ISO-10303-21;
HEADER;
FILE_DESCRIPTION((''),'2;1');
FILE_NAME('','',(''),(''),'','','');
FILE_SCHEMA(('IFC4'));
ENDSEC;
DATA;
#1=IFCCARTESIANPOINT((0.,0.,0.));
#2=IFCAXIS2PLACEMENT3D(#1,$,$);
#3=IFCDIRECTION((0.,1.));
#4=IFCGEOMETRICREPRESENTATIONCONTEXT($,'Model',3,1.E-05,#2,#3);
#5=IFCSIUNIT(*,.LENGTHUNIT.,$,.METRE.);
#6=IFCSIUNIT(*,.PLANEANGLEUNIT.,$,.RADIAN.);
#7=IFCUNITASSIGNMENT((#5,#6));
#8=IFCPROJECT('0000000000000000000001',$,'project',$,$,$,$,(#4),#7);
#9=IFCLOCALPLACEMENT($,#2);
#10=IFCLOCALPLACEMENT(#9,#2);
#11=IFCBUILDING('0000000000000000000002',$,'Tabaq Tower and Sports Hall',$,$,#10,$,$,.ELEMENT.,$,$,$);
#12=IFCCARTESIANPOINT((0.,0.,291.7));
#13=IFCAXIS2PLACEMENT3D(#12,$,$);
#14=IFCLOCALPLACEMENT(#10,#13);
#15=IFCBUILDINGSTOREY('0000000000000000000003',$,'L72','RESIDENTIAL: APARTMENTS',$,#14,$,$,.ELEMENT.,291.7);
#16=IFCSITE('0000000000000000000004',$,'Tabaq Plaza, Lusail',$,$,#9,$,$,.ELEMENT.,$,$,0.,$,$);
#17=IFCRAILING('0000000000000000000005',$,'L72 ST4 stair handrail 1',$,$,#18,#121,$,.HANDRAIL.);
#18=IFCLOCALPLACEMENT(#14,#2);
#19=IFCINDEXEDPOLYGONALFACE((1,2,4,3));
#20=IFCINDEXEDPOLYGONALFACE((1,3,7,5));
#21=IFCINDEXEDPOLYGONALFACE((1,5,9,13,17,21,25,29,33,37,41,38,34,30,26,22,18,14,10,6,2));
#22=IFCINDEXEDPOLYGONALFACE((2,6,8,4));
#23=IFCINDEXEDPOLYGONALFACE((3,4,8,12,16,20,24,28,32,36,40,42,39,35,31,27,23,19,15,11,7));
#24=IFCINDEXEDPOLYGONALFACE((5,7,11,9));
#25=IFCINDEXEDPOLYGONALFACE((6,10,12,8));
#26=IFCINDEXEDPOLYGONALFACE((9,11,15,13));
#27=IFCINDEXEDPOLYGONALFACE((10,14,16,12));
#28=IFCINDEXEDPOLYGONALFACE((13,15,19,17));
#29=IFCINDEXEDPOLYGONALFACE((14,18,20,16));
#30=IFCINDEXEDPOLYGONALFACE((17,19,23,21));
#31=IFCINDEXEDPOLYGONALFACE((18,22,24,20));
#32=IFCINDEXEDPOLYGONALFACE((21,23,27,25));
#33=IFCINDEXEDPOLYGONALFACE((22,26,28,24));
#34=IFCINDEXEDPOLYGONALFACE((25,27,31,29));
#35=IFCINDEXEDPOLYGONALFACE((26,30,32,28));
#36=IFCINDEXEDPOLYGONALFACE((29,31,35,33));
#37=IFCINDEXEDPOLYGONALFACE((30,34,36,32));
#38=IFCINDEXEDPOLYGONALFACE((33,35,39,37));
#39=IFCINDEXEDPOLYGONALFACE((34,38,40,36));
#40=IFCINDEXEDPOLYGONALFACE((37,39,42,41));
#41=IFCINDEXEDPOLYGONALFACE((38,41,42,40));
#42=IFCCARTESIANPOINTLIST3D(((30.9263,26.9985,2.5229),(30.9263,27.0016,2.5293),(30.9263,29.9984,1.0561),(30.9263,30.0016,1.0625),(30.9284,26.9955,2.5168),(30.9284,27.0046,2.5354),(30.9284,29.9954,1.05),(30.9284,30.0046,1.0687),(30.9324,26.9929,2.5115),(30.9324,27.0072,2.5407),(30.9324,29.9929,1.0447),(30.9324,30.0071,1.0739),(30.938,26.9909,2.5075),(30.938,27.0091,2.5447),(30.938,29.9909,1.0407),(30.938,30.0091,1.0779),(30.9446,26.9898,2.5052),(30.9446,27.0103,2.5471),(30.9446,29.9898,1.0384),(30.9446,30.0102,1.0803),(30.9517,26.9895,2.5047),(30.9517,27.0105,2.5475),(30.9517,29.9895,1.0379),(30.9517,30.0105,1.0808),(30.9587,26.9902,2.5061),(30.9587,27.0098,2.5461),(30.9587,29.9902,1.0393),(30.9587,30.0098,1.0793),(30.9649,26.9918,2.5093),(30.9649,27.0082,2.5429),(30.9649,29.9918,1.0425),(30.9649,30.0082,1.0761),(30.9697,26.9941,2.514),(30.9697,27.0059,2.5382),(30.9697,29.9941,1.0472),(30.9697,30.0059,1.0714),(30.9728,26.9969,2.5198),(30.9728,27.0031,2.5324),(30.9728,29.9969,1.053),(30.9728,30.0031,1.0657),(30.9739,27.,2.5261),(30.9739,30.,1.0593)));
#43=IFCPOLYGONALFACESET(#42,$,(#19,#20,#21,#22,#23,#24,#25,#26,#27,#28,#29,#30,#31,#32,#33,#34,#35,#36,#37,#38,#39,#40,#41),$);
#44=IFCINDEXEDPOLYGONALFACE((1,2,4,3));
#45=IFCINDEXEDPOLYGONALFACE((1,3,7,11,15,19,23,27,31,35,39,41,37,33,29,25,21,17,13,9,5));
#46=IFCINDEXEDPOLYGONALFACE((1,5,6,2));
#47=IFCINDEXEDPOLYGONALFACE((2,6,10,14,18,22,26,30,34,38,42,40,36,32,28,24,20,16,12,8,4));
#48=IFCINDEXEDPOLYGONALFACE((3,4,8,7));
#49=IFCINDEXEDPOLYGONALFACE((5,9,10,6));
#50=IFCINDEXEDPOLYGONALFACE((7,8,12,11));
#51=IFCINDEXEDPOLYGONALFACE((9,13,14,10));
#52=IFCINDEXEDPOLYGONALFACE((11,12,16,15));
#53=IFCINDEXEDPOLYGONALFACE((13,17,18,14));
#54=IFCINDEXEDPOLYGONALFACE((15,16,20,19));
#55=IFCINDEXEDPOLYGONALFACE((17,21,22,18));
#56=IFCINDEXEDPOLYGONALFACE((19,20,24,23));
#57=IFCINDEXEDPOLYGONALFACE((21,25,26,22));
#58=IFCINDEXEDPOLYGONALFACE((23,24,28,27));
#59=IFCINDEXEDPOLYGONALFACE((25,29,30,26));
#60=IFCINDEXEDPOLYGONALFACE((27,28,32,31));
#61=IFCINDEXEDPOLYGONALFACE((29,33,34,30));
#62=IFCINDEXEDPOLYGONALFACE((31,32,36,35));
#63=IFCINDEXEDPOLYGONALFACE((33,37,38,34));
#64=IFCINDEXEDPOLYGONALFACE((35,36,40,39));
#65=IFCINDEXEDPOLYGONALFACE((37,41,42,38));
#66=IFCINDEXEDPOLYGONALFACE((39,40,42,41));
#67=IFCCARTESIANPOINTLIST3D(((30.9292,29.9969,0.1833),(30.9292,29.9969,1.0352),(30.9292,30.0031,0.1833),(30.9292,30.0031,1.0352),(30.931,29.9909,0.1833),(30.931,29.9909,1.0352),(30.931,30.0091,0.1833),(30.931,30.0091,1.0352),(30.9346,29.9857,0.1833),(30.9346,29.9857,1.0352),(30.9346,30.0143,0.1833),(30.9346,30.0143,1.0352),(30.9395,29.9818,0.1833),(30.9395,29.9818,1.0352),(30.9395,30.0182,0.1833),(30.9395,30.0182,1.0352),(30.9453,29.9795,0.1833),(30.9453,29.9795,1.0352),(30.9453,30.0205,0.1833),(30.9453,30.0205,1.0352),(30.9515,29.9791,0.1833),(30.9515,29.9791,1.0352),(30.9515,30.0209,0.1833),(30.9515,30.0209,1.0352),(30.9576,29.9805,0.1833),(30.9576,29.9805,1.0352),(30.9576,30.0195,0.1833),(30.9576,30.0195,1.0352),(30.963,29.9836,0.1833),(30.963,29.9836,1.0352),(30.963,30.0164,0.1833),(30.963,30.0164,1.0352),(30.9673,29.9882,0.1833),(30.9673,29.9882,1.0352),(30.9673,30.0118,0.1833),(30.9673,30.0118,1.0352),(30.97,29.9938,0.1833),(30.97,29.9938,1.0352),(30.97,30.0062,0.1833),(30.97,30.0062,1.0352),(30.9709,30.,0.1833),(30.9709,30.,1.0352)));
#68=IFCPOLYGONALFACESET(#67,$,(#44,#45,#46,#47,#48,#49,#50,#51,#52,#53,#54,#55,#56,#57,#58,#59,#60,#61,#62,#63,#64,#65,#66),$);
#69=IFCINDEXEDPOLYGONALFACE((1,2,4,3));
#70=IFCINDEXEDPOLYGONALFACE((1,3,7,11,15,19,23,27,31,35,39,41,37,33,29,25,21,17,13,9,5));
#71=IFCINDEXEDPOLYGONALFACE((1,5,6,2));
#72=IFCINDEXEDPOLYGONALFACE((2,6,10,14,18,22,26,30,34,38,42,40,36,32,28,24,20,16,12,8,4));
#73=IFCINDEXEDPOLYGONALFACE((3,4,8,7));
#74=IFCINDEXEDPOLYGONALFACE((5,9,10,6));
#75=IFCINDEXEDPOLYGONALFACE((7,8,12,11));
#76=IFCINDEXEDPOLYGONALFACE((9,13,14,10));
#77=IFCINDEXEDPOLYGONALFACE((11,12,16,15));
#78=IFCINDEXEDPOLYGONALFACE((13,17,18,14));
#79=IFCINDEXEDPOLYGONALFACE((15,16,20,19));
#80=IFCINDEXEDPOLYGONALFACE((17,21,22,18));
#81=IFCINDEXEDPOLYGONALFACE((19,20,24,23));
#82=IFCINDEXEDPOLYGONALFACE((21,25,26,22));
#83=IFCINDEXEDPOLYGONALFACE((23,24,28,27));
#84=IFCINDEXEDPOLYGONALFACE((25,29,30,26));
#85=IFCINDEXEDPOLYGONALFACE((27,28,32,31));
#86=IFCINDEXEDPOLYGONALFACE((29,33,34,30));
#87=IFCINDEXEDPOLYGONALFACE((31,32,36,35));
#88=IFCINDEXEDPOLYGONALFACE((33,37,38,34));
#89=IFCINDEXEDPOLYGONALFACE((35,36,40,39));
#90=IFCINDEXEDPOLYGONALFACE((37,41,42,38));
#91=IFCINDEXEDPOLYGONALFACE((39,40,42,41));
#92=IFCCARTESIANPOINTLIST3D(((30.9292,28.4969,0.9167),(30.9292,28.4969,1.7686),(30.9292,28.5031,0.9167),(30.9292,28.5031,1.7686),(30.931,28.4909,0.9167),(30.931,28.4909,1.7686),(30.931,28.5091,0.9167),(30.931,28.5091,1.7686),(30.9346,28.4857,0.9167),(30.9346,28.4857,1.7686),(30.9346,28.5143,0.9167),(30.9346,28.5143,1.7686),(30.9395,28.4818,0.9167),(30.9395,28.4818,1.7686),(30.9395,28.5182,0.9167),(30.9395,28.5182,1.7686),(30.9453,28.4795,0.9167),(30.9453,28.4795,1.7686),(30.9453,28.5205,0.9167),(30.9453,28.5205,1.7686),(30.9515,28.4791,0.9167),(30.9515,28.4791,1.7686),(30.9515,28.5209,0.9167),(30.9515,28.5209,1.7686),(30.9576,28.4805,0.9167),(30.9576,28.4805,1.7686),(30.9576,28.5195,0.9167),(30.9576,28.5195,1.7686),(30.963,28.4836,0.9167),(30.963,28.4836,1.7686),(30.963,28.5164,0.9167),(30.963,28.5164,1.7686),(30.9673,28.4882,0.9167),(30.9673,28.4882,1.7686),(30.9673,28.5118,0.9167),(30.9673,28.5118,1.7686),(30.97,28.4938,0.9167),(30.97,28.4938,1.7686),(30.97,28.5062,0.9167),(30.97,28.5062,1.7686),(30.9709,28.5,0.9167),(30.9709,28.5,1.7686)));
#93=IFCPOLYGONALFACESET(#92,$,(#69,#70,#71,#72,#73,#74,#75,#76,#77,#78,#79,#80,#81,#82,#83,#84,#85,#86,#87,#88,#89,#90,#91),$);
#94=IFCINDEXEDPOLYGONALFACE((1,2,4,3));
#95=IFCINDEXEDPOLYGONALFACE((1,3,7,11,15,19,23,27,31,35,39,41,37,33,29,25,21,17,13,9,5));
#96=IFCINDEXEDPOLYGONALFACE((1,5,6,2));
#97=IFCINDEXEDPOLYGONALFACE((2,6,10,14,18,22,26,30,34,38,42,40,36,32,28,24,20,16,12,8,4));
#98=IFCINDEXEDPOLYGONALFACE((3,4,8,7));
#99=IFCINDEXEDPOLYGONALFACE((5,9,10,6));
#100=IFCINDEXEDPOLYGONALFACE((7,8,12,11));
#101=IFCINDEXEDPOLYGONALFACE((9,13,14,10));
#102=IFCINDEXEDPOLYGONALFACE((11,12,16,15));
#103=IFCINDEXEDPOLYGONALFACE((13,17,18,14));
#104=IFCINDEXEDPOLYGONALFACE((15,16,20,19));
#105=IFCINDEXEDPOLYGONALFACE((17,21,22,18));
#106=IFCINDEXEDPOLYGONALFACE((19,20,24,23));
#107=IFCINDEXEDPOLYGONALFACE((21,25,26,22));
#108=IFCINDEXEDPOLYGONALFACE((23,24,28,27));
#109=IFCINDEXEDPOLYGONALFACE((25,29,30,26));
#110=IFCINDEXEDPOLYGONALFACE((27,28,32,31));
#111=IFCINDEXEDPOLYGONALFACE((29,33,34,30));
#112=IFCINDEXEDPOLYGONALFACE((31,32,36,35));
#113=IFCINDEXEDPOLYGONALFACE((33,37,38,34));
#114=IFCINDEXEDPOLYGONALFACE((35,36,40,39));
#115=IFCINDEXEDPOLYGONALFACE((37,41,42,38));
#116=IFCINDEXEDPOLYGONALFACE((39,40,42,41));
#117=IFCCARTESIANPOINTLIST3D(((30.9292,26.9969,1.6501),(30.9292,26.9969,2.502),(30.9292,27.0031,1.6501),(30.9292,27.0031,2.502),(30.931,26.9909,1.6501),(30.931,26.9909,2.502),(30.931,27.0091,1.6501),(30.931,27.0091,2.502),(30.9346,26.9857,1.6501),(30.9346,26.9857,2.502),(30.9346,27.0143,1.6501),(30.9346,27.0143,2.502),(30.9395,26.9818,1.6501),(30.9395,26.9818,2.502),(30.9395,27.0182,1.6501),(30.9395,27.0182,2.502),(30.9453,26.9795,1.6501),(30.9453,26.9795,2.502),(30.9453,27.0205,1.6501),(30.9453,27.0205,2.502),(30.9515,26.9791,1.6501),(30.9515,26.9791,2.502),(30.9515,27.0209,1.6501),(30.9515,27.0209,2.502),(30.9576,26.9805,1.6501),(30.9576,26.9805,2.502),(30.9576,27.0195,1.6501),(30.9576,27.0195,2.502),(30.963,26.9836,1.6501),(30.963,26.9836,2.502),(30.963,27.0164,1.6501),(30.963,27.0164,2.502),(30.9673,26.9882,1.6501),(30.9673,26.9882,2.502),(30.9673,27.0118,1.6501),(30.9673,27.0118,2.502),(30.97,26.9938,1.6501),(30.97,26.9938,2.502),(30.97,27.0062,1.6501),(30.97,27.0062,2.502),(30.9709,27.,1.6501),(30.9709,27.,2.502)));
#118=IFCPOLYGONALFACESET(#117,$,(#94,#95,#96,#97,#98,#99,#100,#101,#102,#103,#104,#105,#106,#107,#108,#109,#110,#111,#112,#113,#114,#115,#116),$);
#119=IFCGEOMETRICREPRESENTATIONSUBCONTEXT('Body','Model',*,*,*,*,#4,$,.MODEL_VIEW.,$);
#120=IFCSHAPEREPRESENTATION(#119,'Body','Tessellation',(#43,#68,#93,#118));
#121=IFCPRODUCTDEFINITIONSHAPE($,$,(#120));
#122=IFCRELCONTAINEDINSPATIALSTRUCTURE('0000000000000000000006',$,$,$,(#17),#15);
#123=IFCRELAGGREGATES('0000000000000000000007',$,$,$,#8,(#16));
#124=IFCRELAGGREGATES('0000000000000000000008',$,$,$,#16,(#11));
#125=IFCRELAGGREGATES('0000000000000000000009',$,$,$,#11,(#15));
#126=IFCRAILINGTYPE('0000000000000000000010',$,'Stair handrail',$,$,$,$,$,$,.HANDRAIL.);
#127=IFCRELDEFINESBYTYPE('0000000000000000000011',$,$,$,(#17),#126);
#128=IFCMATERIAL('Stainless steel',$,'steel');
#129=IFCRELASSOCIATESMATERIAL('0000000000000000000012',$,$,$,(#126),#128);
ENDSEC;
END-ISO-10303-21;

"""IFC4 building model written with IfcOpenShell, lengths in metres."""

from ifc_helpers import new_model, si_unit, direction, frame, origin, origin_2d, place, context, subcontext, project, spatial, circle, extrude, material, type_object, element, save


model = new_model("IFC4")

# Units and contexts
model_context = context("Model", 3, precision=1e-05, world=origin(), true_north=direction((0.0, 1.0)))
body_context = subcontext(model_context, "Body", "Model", "MODEL_VIEW")
ifc_project = project(units=[si_unit("LENGTHUNIT", "METRE"), si_unit("PLANEANGLEUNIT", "RADIAN")], contexts=[model_context])

# Site, building, storey
site_placement = place(None, origin())
site = spatial("IfcSite", under=ifc_project, at=site_placement, Name="Tabaq Plaza, Lusail", CompositionType="ELEMENT", RefElevation=0.0)
building_placement = place(site_placement, origin())
building = spatial("IfcBuilding", under=site, at=building_placement, Name="Tabaq Tower and Sports Hall", CompositionType="ELEMENT")
storey_placement = place(building_placement, frame((0.0, 0.0, 291.7)))
storey = spatial("IfcBuildingStorey", under=building, at=storey_placement, Name="L72", Description="RESIDENTIAL: APARTMENTS", CompositionType="ELEMENT", Elevation=291.7)

# Railing
ifc_material_1 = material(Name="Stainless steel", Category="steel")
railing_type = type_object("IfcRailingType", Name="Stair handrail", PredefinedType="HANDRAIL", material=ifc_material_1)
railing_1_placement = place(storey_placement, frame((30.95, 30.0, 0.1833)))
element("IfcRailing", 1, at=railing_1_placement, inside=storey, type_object=railing_type, Name="L72 ST4 stair handrail 1", PredefinedType="HANDRAIL", context=body_context, shape_type="SweptSolid", body=[
    extrude(circle(Radius=0.0239, at=origin_2d()), frame((0.0, 0.0, 0.876), z_axis=(0.0, -0.898369, 0.439242), x_axis=(1.0, 0.0, 0.0)), (0.0, 0.0, 1.0), 3.3394),
    extrude(circle(Radius=0.021, at=origin_2d()), origin(), (0.0, 0.0, 1.0), 0.8518),
    extrude(circle(Radius=0.021, at=origin_2d()), frame((0.0, -1.5, 0.7334)), (0.0, 0.0, 1.0), 0.8518),
    extrude(circle(Radius=0.021, at=origin_2d()), frame((0.0, -3.0, 1.4668)), (0.0, 0.0, 1.0), 0.8518),
])

save(model, "model.ifc")
